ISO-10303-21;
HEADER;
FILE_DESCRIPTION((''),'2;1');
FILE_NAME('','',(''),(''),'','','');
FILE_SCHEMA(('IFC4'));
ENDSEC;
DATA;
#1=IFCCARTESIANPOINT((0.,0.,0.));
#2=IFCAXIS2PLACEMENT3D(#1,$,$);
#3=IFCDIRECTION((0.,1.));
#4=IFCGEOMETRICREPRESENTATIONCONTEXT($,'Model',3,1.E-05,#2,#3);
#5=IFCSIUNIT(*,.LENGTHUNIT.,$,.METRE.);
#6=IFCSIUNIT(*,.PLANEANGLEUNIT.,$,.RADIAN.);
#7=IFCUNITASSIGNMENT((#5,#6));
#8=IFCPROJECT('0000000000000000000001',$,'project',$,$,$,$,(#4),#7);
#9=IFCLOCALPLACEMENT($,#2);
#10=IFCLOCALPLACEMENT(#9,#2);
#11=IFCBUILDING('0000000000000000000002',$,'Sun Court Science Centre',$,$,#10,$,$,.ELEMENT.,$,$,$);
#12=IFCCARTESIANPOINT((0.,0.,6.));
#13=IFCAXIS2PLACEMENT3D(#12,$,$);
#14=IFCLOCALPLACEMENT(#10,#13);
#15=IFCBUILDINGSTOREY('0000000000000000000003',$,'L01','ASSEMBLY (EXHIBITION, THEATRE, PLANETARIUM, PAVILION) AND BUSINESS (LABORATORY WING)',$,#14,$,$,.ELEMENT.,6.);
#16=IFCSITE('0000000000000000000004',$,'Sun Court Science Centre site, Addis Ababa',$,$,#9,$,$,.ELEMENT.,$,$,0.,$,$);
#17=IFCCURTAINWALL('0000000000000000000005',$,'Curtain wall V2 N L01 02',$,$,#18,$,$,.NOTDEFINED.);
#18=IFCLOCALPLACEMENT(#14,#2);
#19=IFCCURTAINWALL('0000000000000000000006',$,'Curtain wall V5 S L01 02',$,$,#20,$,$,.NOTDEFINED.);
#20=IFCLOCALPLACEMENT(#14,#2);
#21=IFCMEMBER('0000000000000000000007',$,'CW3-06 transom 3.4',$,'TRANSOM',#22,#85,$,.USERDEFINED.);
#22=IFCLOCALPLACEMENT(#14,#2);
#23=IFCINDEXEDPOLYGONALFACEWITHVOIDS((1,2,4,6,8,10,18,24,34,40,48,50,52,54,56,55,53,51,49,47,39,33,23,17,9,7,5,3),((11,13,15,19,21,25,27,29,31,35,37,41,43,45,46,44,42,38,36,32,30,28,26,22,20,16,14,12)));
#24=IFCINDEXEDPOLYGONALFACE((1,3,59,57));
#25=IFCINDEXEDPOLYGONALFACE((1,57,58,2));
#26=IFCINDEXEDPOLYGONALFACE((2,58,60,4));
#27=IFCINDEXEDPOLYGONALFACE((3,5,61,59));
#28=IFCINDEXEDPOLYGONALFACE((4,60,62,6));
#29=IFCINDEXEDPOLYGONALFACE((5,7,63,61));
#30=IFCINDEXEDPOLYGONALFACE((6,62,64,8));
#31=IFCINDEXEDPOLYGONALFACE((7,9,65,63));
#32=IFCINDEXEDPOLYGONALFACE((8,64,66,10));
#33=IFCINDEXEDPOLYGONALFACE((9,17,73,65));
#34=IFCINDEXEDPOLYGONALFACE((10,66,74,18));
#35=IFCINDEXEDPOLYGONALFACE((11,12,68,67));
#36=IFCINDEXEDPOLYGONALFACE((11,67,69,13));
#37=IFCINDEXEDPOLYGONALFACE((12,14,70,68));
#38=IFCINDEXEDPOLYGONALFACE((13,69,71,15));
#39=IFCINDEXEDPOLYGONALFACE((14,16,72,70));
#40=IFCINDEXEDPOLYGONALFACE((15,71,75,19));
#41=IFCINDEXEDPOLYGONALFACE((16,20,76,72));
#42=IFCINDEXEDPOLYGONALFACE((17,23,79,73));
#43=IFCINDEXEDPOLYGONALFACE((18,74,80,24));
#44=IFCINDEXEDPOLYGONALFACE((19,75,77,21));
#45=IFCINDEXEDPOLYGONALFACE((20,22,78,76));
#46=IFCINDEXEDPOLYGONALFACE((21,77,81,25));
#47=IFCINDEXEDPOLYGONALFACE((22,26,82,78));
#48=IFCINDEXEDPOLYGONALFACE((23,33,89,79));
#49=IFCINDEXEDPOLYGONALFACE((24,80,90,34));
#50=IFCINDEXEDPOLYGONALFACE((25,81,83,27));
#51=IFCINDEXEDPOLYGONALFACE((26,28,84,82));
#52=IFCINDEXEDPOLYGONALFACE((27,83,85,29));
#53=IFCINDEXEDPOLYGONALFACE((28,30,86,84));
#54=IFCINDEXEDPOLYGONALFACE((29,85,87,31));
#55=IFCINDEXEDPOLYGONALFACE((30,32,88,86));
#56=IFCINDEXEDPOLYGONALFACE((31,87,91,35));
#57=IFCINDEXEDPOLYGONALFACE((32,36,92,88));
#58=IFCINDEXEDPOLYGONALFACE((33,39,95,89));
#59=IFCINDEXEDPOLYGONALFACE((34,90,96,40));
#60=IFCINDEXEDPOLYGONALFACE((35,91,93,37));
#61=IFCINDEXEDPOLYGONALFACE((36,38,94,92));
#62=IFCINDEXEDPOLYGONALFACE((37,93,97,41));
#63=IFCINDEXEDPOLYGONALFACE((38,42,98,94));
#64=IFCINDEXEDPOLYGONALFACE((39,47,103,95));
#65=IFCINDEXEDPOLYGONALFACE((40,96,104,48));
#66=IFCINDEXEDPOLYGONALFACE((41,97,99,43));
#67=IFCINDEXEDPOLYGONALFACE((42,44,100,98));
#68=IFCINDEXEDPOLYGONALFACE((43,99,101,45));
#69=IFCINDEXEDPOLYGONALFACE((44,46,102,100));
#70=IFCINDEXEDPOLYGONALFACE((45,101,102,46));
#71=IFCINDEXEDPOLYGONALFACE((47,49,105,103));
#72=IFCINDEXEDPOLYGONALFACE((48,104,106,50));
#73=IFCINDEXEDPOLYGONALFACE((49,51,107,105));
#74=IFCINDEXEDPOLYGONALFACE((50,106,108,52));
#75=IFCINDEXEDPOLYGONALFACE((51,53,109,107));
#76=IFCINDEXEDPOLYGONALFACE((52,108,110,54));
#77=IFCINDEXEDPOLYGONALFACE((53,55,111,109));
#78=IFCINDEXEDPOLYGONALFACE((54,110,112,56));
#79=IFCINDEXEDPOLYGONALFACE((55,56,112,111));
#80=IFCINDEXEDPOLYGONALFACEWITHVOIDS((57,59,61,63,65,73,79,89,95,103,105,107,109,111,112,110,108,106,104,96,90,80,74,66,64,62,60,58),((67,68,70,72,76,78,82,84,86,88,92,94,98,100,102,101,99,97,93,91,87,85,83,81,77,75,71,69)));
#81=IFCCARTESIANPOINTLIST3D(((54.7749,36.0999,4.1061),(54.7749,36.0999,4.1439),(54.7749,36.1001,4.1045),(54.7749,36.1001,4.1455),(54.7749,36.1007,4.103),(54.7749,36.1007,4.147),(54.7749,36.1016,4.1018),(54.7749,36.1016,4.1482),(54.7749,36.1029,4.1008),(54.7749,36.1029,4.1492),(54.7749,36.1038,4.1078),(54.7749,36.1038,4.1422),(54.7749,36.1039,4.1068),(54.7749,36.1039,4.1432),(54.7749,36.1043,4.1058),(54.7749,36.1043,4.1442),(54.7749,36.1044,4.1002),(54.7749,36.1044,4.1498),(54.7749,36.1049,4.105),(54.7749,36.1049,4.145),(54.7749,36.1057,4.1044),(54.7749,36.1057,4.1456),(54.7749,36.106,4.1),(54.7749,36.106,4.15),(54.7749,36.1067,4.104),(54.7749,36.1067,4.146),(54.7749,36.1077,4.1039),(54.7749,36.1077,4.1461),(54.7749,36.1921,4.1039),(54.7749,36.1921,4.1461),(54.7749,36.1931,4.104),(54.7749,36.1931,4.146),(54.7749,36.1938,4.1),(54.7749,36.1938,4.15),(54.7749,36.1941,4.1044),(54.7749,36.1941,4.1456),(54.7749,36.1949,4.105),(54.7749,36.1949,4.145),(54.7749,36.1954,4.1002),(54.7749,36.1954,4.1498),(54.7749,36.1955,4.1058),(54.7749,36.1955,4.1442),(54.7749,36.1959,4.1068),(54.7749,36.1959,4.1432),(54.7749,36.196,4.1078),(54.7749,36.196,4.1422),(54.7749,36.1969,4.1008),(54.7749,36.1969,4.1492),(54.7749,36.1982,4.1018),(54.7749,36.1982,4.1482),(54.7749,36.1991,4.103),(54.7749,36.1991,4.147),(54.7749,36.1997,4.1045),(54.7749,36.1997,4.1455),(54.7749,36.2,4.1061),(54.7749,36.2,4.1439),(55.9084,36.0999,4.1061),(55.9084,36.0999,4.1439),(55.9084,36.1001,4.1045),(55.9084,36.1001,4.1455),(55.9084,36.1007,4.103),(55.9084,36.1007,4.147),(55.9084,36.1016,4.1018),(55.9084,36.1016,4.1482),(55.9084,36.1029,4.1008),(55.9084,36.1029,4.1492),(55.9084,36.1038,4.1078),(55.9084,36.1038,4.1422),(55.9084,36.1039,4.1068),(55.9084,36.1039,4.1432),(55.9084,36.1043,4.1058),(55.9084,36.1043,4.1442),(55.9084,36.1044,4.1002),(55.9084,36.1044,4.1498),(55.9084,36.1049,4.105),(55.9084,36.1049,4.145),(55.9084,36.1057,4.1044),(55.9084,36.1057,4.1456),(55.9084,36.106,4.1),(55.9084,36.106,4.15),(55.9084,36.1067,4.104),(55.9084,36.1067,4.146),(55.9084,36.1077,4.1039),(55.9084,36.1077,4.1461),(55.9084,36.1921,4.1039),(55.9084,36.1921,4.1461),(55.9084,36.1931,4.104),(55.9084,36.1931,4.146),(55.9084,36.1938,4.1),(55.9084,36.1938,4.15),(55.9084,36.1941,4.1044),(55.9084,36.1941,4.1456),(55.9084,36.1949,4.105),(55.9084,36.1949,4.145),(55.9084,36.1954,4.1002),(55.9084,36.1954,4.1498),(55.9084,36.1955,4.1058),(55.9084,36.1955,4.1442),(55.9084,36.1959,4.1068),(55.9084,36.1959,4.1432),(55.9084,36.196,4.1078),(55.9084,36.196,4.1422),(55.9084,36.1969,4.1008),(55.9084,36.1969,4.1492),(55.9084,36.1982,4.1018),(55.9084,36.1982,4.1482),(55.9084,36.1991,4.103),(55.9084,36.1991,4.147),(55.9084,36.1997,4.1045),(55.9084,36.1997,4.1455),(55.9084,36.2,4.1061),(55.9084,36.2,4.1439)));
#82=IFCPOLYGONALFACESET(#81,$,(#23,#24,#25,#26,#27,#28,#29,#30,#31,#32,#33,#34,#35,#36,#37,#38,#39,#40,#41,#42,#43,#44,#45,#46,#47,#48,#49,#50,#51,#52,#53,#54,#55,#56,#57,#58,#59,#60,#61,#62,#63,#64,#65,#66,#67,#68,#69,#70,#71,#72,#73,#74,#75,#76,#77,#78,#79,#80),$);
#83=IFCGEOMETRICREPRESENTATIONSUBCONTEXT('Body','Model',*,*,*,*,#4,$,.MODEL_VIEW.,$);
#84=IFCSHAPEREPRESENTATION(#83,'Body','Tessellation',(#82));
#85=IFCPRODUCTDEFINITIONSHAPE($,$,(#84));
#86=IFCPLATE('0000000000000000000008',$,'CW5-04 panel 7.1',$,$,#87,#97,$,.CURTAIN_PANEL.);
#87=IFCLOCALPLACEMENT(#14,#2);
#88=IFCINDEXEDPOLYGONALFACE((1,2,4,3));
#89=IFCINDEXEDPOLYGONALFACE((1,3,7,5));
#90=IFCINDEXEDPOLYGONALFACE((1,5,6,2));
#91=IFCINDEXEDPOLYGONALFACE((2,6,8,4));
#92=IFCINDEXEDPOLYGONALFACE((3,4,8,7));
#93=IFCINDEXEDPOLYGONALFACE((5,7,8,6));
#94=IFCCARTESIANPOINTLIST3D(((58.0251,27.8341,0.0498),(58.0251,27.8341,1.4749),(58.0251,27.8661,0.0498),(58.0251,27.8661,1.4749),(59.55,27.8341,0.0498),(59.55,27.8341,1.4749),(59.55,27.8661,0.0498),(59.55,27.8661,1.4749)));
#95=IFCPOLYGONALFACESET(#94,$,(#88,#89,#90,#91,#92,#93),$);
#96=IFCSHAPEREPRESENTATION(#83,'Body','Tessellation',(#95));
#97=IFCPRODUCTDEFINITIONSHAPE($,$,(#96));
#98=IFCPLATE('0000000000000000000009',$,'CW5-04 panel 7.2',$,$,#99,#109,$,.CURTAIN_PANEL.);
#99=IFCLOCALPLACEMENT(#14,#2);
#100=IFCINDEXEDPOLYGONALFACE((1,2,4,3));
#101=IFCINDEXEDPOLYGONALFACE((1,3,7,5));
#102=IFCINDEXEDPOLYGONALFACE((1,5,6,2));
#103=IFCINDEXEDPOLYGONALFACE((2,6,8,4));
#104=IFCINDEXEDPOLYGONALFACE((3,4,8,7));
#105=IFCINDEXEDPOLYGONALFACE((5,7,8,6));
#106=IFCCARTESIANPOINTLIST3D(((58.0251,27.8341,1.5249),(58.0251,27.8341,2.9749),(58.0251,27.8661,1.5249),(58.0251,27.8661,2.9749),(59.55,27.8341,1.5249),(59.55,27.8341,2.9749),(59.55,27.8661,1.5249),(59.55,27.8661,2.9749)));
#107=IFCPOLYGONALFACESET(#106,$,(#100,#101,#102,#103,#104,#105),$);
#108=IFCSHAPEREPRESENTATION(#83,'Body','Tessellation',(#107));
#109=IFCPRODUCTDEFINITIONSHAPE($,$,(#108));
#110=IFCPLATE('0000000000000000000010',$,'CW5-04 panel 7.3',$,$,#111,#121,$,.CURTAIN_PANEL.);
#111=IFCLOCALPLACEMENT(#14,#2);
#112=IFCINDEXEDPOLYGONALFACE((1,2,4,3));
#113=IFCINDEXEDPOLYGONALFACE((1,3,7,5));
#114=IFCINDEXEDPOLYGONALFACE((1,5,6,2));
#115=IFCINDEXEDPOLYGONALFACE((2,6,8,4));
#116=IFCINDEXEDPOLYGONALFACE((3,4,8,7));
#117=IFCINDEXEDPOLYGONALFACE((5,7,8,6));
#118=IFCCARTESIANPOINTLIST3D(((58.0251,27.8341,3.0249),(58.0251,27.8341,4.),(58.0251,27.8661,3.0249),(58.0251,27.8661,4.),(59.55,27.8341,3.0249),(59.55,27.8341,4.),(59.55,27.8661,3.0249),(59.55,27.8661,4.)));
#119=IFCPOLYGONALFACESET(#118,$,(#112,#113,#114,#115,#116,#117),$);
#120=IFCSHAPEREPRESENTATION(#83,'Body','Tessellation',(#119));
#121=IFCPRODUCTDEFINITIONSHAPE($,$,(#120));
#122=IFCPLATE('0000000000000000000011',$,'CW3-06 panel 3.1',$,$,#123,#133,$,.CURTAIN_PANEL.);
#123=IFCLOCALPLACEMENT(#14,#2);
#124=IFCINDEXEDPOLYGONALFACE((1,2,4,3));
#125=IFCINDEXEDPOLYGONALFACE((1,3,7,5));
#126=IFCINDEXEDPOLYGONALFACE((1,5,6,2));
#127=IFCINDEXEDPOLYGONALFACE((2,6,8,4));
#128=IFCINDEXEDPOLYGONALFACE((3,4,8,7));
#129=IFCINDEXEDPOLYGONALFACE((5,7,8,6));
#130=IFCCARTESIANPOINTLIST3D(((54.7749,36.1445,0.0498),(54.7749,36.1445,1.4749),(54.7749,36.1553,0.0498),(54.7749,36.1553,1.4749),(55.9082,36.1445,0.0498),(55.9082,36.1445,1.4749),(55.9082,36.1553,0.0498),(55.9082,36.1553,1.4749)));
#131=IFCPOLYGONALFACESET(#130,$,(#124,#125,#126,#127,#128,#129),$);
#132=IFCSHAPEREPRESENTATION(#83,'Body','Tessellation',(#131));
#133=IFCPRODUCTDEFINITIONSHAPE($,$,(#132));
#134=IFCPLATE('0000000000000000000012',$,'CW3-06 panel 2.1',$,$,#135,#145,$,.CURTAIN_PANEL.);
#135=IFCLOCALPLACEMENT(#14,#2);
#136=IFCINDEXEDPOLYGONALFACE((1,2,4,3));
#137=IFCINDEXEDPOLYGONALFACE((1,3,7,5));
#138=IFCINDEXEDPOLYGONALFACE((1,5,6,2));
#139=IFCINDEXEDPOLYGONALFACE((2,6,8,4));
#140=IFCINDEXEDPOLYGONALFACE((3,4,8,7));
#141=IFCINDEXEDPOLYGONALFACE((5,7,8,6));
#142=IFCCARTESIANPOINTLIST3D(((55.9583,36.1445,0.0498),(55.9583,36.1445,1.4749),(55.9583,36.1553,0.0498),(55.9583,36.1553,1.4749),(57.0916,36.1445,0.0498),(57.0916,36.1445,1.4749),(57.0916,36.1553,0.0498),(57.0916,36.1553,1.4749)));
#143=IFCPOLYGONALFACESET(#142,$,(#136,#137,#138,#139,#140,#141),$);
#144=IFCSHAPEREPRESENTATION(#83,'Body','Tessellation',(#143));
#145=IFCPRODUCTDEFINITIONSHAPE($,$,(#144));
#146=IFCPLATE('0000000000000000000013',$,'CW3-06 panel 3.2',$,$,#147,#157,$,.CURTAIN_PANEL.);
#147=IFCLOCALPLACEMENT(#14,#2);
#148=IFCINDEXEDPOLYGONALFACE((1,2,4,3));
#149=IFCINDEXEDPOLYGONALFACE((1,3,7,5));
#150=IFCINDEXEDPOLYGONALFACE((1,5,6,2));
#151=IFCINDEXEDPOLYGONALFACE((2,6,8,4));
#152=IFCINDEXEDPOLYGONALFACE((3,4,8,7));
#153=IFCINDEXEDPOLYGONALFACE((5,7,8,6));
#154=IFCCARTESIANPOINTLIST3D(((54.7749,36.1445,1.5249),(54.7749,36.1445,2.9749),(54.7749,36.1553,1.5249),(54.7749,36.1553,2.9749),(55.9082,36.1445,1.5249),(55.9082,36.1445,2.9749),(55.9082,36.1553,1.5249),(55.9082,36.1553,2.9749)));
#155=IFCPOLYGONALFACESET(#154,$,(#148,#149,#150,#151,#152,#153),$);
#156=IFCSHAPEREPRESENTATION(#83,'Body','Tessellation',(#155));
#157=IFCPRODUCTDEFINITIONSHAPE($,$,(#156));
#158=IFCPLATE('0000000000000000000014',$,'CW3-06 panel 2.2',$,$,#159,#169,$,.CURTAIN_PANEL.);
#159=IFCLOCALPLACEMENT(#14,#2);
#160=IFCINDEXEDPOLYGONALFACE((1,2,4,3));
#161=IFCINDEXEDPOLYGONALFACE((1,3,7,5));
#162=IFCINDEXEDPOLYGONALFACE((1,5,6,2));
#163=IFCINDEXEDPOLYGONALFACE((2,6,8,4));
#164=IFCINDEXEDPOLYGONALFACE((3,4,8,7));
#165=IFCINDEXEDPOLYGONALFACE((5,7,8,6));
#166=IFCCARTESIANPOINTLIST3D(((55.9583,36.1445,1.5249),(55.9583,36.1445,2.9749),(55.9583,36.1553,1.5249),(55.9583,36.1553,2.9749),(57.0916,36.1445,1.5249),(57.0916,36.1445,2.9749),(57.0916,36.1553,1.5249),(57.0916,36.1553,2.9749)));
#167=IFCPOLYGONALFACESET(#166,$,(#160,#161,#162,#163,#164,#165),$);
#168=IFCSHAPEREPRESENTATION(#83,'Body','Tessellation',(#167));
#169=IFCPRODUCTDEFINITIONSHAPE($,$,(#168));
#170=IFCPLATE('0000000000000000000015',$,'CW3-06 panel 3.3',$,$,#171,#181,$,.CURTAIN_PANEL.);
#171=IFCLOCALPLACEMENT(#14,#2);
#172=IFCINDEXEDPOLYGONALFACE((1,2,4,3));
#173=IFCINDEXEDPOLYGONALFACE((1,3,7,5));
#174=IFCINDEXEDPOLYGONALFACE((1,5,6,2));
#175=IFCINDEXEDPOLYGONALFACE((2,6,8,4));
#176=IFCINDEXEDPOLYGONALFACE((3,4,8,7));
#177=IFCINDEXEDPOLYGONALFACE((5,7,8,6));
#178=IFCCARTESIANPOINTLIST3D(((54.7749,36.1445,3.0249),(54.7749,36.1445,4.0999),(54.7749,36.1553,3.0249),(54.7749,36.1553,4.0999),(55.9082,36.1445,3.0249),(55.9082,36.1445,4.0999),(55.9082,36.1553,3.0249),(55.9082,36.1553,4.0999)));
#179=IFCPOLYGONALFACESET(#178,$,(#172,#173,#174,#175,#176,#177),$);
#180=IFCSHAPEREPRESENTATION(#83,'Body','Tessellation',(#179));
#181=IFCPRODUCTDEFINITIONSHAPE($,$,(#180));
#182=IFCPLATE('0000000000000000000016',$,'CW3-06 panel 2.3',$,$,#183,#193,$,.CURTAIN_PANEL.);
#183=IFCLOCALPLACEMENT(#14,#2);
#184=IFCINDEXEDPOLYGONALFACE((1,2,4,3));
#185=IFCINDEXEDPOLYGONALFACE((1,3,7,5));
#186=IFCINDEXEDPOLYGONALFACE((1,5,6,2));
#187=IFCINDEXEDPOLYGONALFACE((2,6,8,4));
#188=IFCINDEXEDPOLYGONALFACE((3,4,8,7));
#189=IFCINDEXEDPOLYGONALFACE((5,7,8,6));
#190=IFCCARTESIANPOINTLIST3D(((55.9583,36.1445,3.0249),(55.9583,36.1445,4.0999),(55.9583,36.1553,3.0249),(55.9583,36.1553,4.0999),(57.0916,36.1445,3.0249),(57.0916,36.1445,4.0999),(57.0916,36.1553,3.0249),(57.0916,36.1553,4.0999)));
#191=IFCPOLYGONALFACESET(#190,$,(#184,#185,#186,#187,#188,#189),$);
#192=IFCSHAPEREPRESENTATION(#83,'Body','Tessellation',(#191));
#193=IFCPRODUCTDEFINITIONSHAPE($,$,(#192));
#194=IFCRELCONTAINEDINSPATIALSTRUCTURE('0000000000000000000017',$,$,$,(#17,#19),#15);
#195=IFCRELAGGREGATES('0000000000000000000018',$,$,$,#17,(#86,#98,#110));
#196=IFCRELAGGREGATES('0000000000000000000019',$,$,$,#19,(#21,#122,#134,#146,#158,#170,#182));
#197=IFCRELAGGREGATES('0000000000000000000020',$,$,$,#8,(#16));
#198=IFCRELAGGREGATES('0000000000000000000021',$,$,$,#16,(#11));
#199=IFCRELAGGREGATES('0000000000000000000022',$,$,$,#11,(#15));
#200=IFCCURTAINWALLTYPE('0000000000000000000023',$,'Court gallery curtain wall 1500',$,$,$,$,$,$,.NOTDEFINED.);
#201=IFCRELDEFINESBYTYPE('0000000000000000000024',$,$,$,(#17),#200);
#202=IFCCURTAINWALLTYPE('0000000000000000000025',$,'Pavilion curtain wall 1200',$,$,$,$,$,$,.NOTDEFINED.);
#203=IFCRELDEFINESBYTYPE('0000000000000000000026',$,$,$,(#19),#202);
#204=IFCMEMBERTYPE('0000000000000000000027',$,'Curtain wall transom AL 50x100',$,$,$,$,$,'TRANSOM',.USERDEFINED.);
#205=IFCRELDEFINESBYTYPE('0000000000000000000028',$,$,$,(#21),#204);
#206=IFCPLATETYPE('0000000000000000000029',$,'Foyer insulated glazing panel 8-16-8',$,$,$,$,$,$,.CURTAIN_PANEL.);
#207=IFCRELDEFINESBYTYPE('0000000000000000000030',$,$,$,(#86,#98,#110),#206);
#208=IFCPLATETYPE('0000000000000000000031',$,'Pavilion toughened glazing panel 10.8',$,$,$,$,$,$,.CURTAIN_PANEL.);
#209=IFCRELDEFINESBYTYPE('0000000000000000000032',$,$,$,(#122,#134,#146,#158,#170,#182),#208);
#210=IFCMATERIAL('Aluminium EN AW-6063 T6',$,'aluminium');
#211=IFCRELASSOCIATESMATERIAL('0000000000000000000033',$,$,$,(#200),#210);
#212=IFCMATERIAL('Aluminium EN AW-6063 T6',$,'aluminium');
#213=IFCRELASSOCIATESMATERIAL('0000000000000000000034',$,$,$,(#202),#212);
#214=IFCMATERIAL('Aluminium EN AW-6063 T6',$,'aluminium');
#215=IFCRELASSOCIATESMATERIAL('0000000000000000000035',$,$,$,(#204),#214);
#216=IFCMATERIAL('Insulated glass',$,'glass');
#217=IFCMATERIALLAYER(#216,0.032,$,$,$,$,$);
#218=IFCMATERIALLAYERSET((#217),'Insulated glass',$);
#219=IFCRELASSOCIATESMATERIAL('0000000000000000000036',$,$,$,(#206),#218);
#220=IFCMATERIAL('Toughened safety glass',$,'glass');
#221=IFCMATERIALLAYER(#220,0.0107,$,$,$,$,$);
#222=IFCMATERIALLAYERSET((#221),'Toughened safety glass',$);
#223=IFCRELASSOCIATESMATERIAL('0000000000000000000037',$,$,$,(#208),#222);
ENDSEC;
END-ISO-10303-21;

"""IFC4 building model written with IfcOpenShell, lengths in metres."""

from ifc_helpers import new_model, si_unit, direction, frame, origin, origin_2d, place, context, subcontext, project, spatial, rectangle, hollow_rectangle, extrude, material, layer, layer_set, material_profile, profile_set, type_object, element, aggregate, save


model = new_model("IFC4")

# Units and contexts
model_context = context("Model", 3, precision=1e-05, world=origin(), true_north=direction((0.0, 1.0)))
body_context = subcontext(model_context, "Body", "Model", "MODEL_VIEW")
ifc_project = project(units=[si_unit("LENGTHUNIT", "METRE"), si_unit("PLANEANGLEUNIT", "RADIAN")], contexts=[model_context])

# Site, building, storey
site_placement = place(None, origin())
site = spatial("IfcSite", under=ifc_project, at=site_placement, Name="Sun Court Science Centre site, Addis Ababa", CompositionType="ELEMENT", RefElevation=0.0)
building_placement = place(site_placement, origin())
building = spatial("IfcBuilding", under=site, at=building_placement, Name="Sun Court Science Centre", CompositionType="ELEMENT")
storey_placement = place(building_placement, frame((0.0, 0.0, 6.0)))
storey = spatial("IfcBuildingStorey", under=building, at=storey_placement, Name="L01", Description="ASSEMBLY (EXHIBITION, THEATRE, PLANETARIUM, PAVILION) AND BUSINESS (LABORATORY WING)", CompositionType="ELEMENT", Elevation=6.0)

# Curtain wall
ifc_material_1 = material(Name="Aluminium EN AW-6063 T6", Category="aluminium")
curtain_wall_type_1 = type_object("IfcCurtainWallType", Name="Court gallery curtain wall 1500", PredefinedType="NOTDEFINED", material=ifc_material_1)
curtain_wall_1_placement = place(storey_placement, origin())
curtain_wall_1 = element("IfcCurtainWall", 1, at=curtain_wall_1_placement, inside=storey, type_object=curtain_wall_type_1, Name="Curtain wall V2 N L01 02", PredefinedType="NOTDEFINED")

# Curtain wall, member
ifc_material_2 = material(Name="Aluminium EN AW-6063 T6", Category="aluminium")
curtain_wall_type_2 = type_object("IfcCurtainWallType", Name="Pavilion curtain wall 1200", PredefinedType="NOTDEFINED", material=ifc_material_2)
curtain_wall_2_placement = place(storey_placement, origin())
curtain_wall_2 = element("IfcCurtainWall", 2, at=curtain_wall_2_placement, inside=storey, type_object=curtain_wall_type_2, Name="Curtain wall V5 S L01 02", PredefinedType="NOTDEFINED")
ifc_material_3 = material(Name="Aluminium EN AW-6063 T6", Category="aluminium")
ifc_material_profile_1 = material_profile(ifc_material_3, hollow_rectangle(XDim=0.05, YDim=0.1001, WallThickness=0.0039, InnerFilletRadius=0.0039, OuterFilletRadius=0.0061, at=origin_2d()), Name="AL 50x100x4")
ifc_profile_set_1 = profile_set([ifc_material_profile_1], Name="Aluminium EN AW-6063 T6")
member_type_1 = type_object("IfcMemberType", Name="Curtain wall transom AL 50x100", ElementType="TRANSOM", PredefinedType="USERDEFINED", material=ifc_profile_set_1)
member_1_placement = place(storey_placement, frame((55.9084, 36.1499, 4.125), z_axis=(-1.0, 0.0, 0.0), x_axis=(0.0, 0.0, 1.0)))
member_1 = element("IfcMember", 3, at=member_1_placement, type_object=member_type_1, Name="CW3-06 transom 3.4", ObjectType="TRANSOM", PredefinedType="USERDEFINED", context=body_context, shape_type="SweptSolid", body=[
    extrude(hollow_rectangle(XDim=0.05, YDim=0.1001, WallThickness=0.0039, InnerFilletRadius=0.0039, OuterFilletRadius=0.0061, at=origin_2d()), origin(), (0.0, 0.0, 1.0), 1.1335),
])

# Plates
ifc_material_4 = material(Name="Insulated glass", Category="glass")
ifc_layer_1 = layer(ifc_material_4, 0.032)
ifc_layer_set_1 = layer_set([ifc_layer_1], Name="Insulated glass")
plate_type_1 = type_object("IfcPlateType", Name="Foyer insulated glazing panel 8-16-8", PredefinedType="CURTAIN_PANEL", material=ifc_layer_set_1)
plate_1_placement = place(storey_placement, frame((58.7876, 27.8501, 0.0498), z_axis=(0.0, 0.0, 1.0), x_axis=(1.0, 0.0, 0.0)))
plate_1 = element("IfcPlate", 4, at=plate_1_placement, type_object=plate_type_1, Name="CW5-04 panel 7.1", PredefinedType="CURTAIN_PANEL", context=body_context, shape_type="SweptSolid", body=[
    extrude(rectangle(XDim=1.5249, YDim=0.032, at=origin_2d()), origin(), (0.0, 0.0, 1.0), 1.425),
])
plate_2_placement = place(storey_placement, frame((58.7876, 27.8501, 1.5249), z_axis=(0.0, 0.0, 1.0), x_axis=(1.0, 0.0, 0.0)))
plate_2 = element("IfcPlate", 5, at=plate_2_placement, type_object=plate_type_1, Name="CW5-04 panel 7.2", PredefinedType="CURTAIN_PANEL", context=body_context, shape_type="SweptSolid", body=[
    extrude(rectangle(XDim=1.5249, YDim=0.032, at=origin_2d()), origin(), (0.0, 0.0, 1.0), 1.45),
])
plate_3_placement = place(storey_placement, frame((58.7876, 27.8501, 3.0249), z_axis=(0.0, 0.0, 1.0), x_axis=(1.0, 0.0, 0.0)))
plate_3 = element("IfcPlate", 6, at=plate_3_placement, type_object=plate_type_1, Name="CW5-04 panel 7.3", PredefinedType="CURTAIN_PANEL", context=body_context, shape_type="SweptSolid", body=[
    extrude(rectangle(XDim=1.5249, YDim=0.032, at=origin_2d()), origin(), (0.0, 0.0, 1.0), 0.9751),
])
aggregate(curtain_wall_1, [plate_1, plate_2, plate_3])
ifc_material_5 = material(Name="Toughened safety glass", Category="glass")
ifc_layer_2 = layer(ifc_material_5, 0.0107)
ifc_layer_set_2 = layer_set([ifc_layer_2], Name="Toughened safety glass")
plate_type_2 = type_object("IfcPlateType", Name="Pavilion toughened glazing panel 10.8", PredefinedType="CURTAIN_PANEL", material=ifc_layer_set_2)
plate_4_placement = place(storey_placement, frame((55.3416, 36.1499, 0.0498), z_axis=(0.0, 0.0, 1.0), x_axis=(-1.0, 0.0, 0.0)))
plate_4 = element("IfcPlate", 7, at=plate_4_placement, type_object=plate_type_2, Name="CW3-06 panel 3.1", PredefinedType="CURTAIN_PANEL", context=body_context, shape_type="SweptSolid", body=[
    extrude(rectangle(XDim=1.1333, YDim=0.0107, at=origin_2d()), origin(), (0.0, 0.0, 1.0), 1.425),
])
plate_5_placement = place(storey_placement, frame((56.5249, 36.1499, 0.0498), z_axis=(0.0, 0.0, 1.0), x_axis=(-1.0, 0.0, 0.0)))
plate_5 = element("IfcPlate", 8, at=plate_5_placement, type_object=plate_type_2, Name="CW3-06 panel 2.1", PredefinedType="CURTAIN_PANEL", context=body_context, shape_type="SweptSolid", body=[
    extrude(rectangle(XDim=1.1333, YDim=0.0107, at=origin_2d()), origin(), (0.0, 0.0, 1.0), 1.425),
])
plate_6_placement = place(storey_placement, frame((55.3416, 36.1499, 1.5249), z_axis=(0.0, 0.0, 1.0), x_axis=(-1.0, 0.0, 0.0)))
plate_6 = element("IfcPlate", 9, at=plate_6_placement, type_object=plate_type_2, Name="CW3-06 panel 3.2", PredefinedType="CURTAIN_PANEL", context=body_context, shape_type="SweptSolid", body=[
    extrude(rectangle(XDim=1.1333, YDim=0.0107, at=origin_2d()), origin(), (0.0, 0.0, 1.0), 1.45),
])
plate_7_placement = place(storey_placement, frame((56.5249, 36.1499, 1.5249), z_axis=(0.0, 0.0, 1.0), x_axis=(-1.0, 0.0, 0.0)))
plate_7 = element("IfcPlate", 10, at=plate_7_placement, type_object=plate_type_2, Name="CW3-06 panel 2.2", PredefinedType="CURTAIN_PANEL", context=body_context, shape_type="SweptSolid", body=[
    extrude(rectangle(XDim=1.1333, YDim=0.0107, at=origin_2d()), origin(), (0.0, 0.0, 1.0), 1.45),
])
plate_8_placement = place(storey_placement, frame((55.3416, 36.1499, 3.0249), z_axis=(0.0, 0.0, 1.0), x_axis=(-1.0, 0.0, 0.0)))
plate_8 = element("IfcPlate", 11, at=plate_8_placement, type_object=plate_type_2, Name="CW3-06 panel 3.3", PredefinedType="CURTAIN_PANEL", context=body_context, shape_type="SweptSolid", body=[
    extrude(rectangle(XDim=1.1333, YDim=0.0107, at=origin_2d()), origin(), (0.0, 0.0, 1.0), 1.075),
])
plate_9_placement = place(storey_placement, frame((56.5249, 36.1499, 3.0249), z_axis=(0.0, 0.0, 1.0), x_axis=(-1.0, 0.0, 0.0)))
plate_9 = element("IfcPlate", 12, at=plate_9_placement, type_object=plate_type_2, Name="CW3-06 panel 2.3", PredefinedType="CURTAIN_PANEL", context=body_context, shape_type="SweptSolid", body=[
    extrude(rectangle(XDim=1.1333, YDim=0.0107, at=origin_2d()), origin(), (0.0, 0.0, 1.0), 1.075),
])
aggregate(curtain_wall_2, [member_1, plate_4, plate_5, plate_6, plate_7, plate_8, plate_9])

save(model, "model.ifc")
